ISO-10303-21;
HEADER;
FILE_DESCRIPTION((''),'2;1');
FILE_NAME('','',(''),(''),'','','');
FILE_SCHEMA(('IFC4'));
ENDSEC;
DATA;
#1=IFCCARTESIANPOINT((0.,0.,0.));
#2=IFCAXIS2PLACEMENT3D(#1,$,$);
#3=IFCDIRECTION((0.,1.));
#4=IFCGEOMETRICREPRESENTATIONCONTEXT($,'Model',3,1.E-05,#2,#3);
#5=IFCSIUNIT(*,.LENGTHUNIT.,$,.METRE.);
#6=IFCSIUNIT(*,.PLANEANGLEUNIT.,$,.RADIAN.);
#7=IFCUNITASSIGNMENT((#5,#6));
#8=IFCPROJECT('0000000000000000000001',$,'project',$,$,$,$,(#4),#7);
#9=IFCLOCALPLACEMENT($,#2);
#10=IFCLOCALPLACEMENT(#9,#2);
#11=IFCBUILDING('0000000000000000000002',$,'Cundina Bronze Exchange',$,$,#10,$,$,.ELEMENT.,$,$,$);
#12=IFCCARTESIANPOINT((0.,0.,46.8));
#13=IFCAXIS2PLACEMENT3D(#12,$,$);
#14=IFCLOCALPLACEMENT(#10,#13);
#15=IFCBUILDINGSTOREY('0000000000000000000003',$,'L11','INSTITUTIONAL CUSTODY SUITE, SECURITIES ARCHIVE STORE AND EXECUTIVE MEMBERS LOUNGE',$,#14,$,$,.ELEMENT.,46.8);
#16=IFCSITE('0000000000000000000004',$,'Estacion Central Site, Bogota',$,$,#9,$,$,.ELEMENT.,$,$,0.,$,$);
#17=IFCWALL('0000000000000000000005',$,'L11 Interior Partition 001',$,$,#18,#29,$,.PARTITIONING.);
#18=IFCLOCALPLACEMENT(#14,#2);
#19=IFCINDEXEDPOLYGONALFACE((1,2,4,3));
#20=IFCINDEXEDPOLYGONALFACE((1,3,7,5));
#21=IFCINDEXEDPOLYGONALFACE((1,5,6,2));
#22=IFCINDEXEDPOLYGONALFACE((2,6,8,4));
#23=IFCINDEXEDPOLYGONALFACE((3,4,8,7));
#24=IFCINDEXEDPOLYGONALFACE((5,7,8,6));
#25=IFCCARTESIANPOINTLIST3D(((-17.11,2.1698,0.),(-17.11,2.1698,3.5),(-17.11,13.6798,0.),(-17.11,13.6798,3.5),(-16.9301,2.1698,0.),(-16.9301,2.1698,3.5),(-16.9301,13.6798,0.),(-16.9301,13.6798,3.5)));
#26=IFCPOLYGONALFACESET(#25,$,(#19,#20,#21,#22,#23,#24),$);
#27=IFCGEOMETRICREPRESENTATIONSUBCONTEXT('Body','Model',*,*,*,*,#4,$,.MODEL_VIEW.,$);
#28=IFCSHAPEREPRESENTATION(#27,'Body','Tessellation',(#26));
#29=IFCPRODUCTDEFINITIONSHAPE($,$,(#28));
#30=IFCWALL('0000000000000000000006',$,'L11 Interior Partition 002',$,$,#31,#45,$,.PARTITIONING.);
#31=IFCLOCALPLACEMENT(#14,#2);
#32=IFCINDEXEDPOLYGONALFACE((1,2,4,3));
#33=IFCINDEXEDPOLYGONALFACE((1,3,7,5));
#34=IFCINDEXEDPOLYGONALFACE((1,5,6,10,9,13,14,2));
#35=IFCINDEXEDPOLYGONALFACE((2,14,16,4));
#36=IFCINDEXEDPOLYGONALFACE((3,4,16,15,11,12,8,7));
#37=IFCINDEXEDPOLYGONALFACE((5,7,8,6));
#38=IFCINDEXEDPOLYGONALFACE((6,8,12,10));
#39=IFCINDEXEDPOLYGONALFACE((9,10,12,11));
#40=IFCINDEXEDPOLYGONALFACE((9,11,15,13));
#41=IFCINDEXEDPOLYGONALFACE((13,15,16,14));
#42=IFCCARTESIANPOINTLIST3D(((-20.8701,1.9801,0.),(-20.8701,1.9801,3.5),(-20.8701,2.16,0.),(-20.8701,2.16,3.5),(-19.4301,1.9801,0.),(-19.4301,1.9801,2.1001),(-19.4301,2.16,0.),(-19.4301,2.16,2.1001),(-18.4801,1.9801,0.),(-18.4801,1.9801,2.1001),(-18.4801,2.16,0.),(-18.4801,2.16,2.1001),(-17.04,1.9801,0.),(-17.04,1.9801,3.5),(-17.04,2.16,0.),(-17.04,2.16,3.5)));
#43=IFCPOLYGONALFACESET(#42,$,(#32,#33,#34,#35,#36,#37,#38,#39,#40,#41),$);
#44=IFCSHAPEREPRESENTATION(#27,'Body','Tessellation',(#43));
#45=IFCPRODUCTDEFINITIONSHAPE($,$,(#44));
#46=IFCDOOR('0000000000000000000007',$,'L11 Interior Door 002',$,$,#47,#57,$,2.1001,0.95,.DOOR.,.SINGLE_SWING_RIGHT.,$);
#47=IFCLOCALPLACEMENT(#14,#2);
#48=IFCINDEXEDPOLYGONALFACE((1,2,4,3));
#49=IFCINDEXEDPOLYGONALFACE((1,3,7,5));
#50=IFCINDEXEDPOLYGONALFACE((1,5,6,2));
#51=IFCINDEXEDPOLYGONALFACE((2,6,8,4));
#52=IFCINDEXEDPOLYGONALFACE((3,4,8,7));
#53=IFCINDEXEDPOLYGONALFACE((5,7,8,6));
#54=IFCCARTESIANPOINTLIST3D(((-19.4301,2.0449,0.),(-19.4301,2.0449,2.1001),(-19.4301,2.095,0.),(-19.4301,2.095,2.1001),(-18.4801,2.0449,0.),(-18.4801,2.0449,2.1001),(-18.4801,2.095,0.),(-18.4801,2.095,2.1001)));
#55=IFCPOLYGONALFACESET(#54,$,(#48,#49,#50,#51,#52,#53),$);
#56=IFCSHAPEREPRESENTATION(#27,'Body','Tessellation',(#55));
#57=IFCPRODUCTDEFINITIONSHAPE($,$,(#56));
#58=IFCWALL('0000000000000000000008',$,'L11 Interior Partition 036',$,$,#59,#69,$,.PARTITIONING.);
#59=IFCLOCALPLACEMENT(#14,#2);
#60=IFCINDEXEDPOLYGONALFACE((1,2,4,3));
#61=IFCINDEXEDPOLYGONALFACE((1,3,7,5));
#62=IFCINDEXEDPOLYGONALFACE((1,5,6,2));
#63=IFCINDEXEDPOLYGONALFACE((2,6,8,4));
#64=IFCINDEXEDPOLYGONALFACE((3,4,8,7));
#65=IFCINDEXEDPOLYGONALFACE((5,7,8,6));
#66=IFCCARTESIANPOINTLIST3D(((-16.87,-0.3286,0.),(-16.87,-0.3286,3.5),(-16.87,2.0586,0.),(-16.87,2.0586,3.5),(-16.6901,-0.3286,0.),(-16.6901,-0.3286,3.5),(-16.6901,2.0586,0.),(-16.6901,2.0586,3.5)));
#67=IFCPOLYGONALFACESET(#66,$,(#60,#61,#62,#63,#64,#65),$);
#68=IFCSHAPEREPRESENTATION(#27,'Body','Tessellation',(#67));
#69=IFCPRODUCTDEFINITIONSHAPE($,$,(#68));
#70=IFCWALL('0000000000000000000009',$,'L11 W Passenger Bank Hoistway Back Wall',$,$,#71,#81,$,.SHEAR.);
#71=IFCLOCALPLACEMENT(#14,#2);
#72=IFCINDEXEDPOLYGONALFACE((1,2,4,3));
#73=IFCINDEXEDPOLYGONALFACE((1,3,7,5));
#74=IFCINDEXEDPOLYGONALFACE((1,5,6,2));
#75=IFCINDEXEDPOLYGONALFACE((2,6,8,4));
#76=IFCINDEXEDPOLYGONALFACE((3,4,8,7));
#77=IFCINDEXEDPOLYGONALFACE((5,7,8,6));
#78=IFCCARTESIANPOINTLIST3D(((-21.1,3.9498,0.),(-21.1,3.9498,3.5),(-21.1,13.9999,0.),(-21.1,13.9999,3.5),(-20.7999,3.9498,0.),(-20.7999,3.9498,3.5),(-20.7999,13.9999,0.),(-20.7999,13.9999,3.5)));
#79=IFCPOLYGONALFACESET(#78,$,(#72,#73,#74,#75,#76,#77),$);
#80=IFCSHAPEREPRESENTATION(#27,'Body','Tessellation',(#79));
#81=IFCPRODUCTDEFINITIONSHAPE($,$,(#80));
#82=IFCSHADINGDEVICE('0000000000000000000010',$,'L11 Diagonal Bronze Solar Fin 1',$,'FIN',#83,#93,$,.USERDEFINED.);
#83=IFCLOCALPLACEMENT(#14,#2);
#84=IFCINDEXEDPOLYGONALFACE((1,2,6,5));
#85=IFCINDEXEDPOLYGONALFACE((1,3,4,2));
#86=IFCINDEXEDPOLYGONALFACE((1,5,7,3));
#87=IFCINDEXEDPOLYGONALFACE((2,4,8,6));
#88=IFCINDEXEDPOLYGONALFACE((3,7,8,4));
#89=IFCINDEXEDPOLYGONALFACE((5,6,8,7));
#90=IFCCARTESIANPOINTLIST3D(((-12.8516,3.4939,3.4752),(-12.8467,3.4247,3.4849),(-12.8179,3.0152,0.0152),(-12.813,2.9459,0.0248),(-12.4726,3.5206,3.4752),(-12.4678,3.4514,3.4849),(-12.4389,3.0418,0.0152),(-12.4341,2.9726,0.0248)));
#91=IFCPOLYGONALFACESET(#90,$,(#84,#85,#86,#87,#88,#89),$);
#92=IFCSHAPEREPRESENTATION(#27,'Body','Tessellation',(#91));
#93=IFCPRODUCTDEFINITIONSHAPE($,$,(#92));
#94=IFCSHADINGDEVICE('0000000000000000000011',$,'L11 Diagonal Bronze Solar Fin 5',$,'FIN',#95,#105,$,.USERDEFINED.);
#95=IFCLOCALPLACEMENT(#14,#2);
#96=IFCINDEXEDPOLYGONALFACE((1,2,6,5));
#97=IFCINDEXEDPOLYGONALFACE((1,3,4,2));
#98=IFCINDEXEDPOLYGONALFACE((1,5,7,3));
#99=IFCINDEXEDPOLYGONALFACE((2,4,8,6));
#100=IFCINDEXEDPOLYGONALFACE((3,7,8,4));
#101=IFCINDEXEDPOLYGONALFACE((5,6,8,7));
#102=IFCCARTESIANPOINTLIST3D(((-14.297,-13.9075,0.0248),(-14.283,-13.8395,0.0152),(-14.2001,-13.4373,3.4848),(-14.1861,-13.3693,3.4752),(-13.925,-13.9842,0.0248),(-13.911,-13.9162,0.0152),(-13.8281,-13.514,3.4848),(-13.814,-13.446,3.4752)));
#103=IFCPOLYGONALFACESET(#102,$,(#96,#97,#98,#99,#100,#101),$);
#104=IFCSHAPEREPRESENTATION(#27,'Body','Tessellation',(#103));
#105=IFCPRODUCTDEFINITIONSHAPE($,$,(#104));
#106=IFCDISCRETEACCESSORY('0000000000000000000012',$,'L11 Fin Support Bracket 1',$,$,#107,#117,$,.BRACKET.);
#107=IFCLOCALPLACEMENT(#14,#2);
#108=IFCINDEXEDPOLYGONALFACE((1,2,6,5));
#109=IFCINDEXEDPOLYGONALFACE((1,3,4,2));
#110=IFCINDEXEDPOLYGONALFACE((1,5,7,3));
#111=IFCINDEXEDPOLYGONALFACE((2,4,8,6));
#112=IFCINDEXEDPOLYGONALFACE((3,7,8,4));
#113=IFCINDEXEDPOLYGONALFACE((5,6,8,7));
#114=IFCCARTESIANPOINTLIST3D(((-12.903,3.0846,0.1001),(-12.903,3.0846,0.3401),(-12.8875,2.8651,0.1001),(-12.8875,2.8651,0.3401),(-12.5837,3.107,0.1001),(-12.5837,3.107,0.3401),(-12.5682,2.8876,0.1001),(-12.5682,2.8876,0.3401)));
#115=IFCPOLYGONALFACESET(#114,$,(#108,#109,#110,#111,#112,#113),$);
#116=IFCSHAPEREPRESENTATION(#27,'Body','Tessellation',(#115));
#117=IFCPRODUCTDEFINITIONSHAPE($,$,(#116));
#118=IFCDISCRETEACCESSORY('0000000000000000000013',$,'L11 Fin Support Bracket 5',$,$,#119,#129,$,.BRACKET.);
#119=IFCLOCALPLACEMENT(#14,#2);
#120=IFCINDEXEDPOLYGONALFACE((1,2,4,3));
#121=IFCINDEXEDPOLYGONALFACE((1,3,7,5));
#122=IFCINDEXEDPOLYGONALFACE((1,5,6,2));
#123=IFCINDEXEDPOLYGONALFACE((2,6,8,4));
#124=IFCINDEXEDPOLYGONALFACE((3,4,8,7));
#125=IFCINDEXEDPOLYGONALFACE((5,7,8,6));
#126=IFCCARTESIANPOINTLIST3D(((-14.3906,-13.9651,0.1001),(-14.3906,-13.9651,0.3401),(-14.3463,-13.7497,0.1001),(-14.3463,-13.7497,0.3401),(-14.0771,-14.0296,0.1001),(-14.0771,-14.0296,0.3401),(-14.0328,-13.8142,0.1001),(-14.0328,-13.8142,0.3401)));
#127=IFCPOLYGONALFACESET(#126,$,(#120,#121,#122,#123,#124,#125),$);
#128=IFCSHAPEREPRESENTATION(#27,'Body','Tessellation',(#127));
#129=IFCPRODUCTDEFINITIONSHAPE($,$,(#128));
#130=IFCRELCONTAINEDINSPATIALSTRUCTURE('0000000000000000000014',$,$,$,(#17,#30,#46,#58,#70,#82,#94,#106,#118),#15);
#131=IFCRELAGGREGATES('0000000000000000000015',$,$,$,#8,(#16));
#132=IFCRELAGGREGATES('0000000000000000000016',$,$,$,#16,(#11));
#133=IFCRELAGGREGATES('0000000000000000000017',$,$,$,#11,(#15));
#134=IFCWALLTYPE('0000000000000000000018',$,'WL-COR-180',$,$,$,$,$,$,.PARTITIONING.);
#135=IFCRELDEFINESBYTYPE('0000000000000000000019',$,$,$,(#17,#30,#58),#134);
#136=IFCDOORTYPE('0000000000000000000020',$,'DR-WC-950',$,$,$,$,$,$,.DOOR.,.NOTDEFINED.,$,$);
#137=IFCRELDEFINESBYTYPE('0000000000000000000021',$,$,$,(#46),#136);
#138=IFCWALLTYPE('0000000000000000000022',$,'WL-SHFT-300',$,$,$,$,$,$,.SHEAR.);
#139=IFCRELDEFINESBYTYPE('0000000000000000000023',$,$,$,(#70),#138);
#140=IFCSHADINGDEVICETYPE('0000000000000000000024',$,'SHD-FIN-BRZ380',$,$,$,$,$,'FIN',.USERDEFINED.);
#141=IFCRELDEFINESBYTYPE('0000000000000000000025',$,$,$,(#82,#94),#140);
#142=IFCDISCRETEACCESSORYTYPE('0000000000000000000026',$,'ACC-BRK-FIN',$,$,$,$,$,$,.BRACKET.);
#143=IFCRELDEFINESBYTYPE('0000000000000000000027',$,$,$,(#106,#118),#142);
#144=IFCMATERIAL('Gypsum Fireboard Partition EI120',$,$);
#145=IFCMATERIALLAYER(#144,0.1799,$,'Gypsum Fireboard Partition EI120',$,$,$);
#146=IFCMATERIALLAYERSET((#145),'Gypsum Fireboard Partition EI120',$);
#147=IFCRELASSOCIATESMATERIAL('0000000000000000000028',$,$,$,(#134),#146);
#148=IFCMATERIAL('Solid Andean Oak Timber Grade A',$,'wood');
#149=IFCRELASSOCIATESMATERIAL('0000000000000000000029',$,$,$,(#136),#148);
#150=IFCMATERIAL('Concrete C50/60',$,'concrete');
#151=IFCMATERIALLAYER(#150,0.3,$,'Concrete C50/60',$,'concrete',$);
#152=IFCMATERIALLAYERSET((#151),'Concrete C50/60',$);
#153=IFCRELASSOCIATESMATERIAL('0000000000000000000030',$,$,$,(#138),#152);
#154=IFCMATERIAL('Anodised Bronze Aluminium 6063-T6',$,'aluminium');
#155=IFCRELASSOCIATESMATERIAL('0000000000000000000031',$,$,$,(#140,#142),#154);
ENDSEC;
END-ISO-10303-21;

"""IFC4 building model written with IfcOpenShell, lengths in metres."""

from ifc_helpers import new_model, si_unit, direction, frame, frame_2d, origin, origin_2d, place, context, subcontext, project, spatial, rectangle, extrude, material, layer, layer_set, material_profile, profile_set, type_object, element, fill, save


model = new_model("IFC4")

# Units and contexts
model_context = context("Model", 3, precision=1e-05, world=origin(), true_north=direction((0.0, 1.0)))
body_context = subcontext(model_context, "Body", "Model", "MODEL_VIEW")
ifc_project = project(units=[si_unit("LENGTHUNIT", "METRE"), si_unit("PLANEANGLEUNIT", "RADIAN")], contexts=[model_context])

# Site, building, storey
site_placement = place(None, origin())
site = spatial("IfcSite", under=ifc_project, at=site_placement, Name="Estacion Central Site, Bogota", CompositionType="ELEMENT", RefElevation=0.0)
building_placement = place(site_placement, origin())
building = spatial("IfcBuilding", under=site, at=building_placement, Name="Cundina Bronze Exchange", CompositionType="ELEMENT")
storey_placement = place(building_placement, frame((0.0, 0.0, 46.8)))
storey = spatial("IfcBuildingStorey", under=building, at=storey_placement, Name="L11", Description="INSTITUTIONAL CUSTODY SUITE, SECURITIES ARCHIVE STORE AND EXECUTIVE MEMBERS LOUNGE", CompositionType="ELEMENT", Elevation=46.8)

# Shared definitions
ifc_material_1 = material(Name="Anodised Bronze Aluminium 6063-T6", Category="aluminium")

# Shared definitions
ifc_material_2 = material(Name="Concrete C50/60", Category="concrete")

# Wall
ifc_material_3 = material(Name="Gypsum Fireboard Partition EI120")
ifc_layer_1 = layer(ifc_material_3, 0.1799, Name="Gypsum Fireboard Partition EI120")
ifc_layer_set_1 = layer_set([ifc_layer_1], Name="Gypsum Fireboard Partition EI120")
wall_type_1 = type_object("IfcWallType", Name="WL-COR-180", PredefinedType="PARTITIONING", material=ifc_layer_set_1)
wall_1_placement = place(storey_placement, frame((-17.02, 2.1699, 0.0), z_axis=(0.0, 0.0, 1.0), x_axis=(0.0, 1.0, 0.0)))
element("IfcWall", 1, at=wall_1_placement, inside=storey, type_object=wall_type_1, Name="L11 Interior Partition 001", PredefinedType="PARTITIONING", context=body_context, shape_type="SweptSolid", body=[
    extrude(rectangle(XDim=11.51, YDim=0.1799, at=frame_2d((5.7549, 0.0))), origin(), (0.0, 0.0, 1.0), 3.5),
])

# Wall, opening, door
wall_2_placement = place(storey_placement, frame((-20.8701, 2.0701, 0.0), z_axis=(0.0, 0.0, 1.0), x_axis=(1.0, 0.0, 0.0)))
wall_2 = element("IfcWall", 2, at=wall_2_placement, inside=storey, type_object=wall_type_1, Name="L11 Interior Partition 002", PredefinedType="PARTITIONING", context=body_context, shape_type="SweptSolid", body=[
    extrude(rectangle(XDim=3.8301, YDim=0.1799, at=frame_2d((1.915, 0.0))), origin(), (0.0, 0.0, 1.0), 3.5),
])
opening_placement = place(wall_2_placement, frame((1.4399, 0.0, 0.0)))
opening = element("IfcOpeningElement", 3, at=opening_placement, cuts=wall_2, PredefinedType="OPENING", context=body_context, shape_type="SweptSolid", body=[
    extrude(rectangle(XDim=0.95, YDim=2.1001, at=frame_2d((0.4751, 1.05))), frame((0.0, 0.0999, 0.0), z_axis=(0.0, -1.0, 0.0), x_axis=(1.0, 0.0, 0.0)), (0.0, 0.0, 1.0), 0.2),
])
ifc_material_4 = material(Name="Solid Andean Oak Timber Grade A", Category="wood")
door_type = type_object("IfcDoorType", Name="DR-WC-950", OperationType="NOTDEFINED", PredefinedType="DOOR", material=ifc_material_4)
door_placement = place(opening_placement, origin())
door = element("IfcDoor", 4, at=door_placement, inside=storey, type_object=door_type, Name="L11 Interior Door 002", OperationType="SINGLE_SWING_RIGHT", OverallHeight=2.1001, OverallWidth=0.95, PredefinedType="DOOR", context=body_context, shape_type="SweptSolid", body=[
    extrude(rectangle(XDim=0.95, YDim=2.1001, at=frame_2d((0.4751, 1.05))), frame((0.0, 0.0249, 0.0), z_axis=(0.0, -1.0, 0.0), x_axis=(1.0, 0.0, 0.0)), (0.0, 0.0, 1.0), 0.05),
])
fill(opening, door)

# Walls
wall_3_placement = place(storey_placement, frame((-16.78, -0.3286, 0.0), z_axis=(0.0, 0.0, 1.0), x_axis=(0.0, 1.0, 0.0)))
element("IfcWall", 5, at=wall_3_placement, inside=storey, type_object=wall_type_1, Name="L11 Interior Partition 036", PredefinedType="PARTITIONING", context=body_context, shape_type="SweptSolid", body=[
    extrude(rectangle(XDim=2.3872, YDim=0.1799, at=frame_2d((1.1936, 0.0))), origin(), (0.0, 0.0, 1.0), 3.5),
])
ifc_layer_2 = layer(ifc_material_2, 0.3, Name="Concrete C50/60", Category="concrete")
ifc_layer_set_2 = layer_set([ifc_layer_2], Name="Concrete C50/60")
wall_type_2 = type_object("IfcWallType", Name="WL-SHFT-300", PredefinedType="SHEAR", material=ifc_layer_set_2)
wall_4_placement = place(storey_placement, frame((-20.95, 3.95, 0.0), z_axis=(0.0, 0.0, 1.0), x_axis=(0.0, 1.0, 0.0)))
element("IfcWall", 6, at=wall_4_placement, inside=storey, type_object=wall_type_2, Name="L11 W Passenger Bank Hoistway Back Wall", PredefinedType="SHEAR", context=body_context, shape_type="SweptSolid", body=[
    extrude(rectangle(XDim=10.05, YDim=0.3, at=frame_2d((5.0249, 0.0))), origin(), (0.0, 0.0, 1.0), 3.5),
])

# Shading devices
ifc_material_profile_1 = material_profile(ifc_material_1, rectangle(XDim=0.0701, YDim=0.3799, at=origin_2d()), Name="FIN70X380", Category="aluminium")
ifc_profile_set_1 = profile_set([ifc_material_profile_1], Name="Anodised Bronze Aluminium 6063-T6")
shading_device_type = type_object("IfcShadingDeviceType", Name="SHD-FIN-BRZ380", ElementType="FIN", PredefinedType="USERDEFINED", material=ifc_profile_set_1)
for number, where, z_axis, x_axis, name in (
    (7, (-12.626, 2.9939, 0.02), (-0.009645, 0.137059, 0.990516), (0.069533, -0.988072, 0.137398), "L11 Diagonal Bronze Solar Fin 1"),
    (8, (-14.104, -13.9119, 0.02), (0.027747, 0.134612, 0.99051), (-0.199967, -0.970115, 0.137442), "L11 Diagonal Bronze Solar Fin 5"),
):
    element("IfcShadingDevice", number, at=place(storey_placement, frame(where, z_axis=z_axis, x_axis=x_axis)), inside=storey, type_object=shading_device_type, Name=name, ObjectType="FIN", PredefinedType="USERDEFINED", context=body_context, shape_type="SweptSolid", body=[
        extrude(rectangle(XDim=0.0701, YDim=0.3799, at=origin_2d()), origin(), (0.0, 0.0, 1.0), 3.4932),
    ])

# Discrete accessories
discrete_accessory_type = type_object("IfcDiscreteAccessoryType", Name="ACC-BRK-FIN", PredefinedType="BRACKET", material=ifc_material_1)
for number, where, z_axis, x_axis, name in (
    (9, (-12.7356, 2.9861, 0.1001), (0.0, 0.0, 1.0), (-0.070279, 0.997527, 0.0), "L11 Fin Support Bracket 1"),
    (10, (-14.2117, -13.8896, 0.1001), (0.0, 0.0, 1.0), (0.20142, 0.979505, 0.0), "L11 Fin Support Bracket 5"),
):
    element("IfcDiscreteAccessory", number, at=place(storey_placement, frame(where, z_axis=z_axis, x_axis=x_axis)), inside=storey, type_object=discrete_accessory_type, Name=name, PredefinedType="BRACKET", context=body_context, shape_type="SweptSolid", body=[
        extrude(rectangle(XDim=0.22, YDim=0.3201, at=origin_2d()), origin(), (0.0, 0.0, 1.0), 0.24),
    ])

save(model, "model.ifc")
